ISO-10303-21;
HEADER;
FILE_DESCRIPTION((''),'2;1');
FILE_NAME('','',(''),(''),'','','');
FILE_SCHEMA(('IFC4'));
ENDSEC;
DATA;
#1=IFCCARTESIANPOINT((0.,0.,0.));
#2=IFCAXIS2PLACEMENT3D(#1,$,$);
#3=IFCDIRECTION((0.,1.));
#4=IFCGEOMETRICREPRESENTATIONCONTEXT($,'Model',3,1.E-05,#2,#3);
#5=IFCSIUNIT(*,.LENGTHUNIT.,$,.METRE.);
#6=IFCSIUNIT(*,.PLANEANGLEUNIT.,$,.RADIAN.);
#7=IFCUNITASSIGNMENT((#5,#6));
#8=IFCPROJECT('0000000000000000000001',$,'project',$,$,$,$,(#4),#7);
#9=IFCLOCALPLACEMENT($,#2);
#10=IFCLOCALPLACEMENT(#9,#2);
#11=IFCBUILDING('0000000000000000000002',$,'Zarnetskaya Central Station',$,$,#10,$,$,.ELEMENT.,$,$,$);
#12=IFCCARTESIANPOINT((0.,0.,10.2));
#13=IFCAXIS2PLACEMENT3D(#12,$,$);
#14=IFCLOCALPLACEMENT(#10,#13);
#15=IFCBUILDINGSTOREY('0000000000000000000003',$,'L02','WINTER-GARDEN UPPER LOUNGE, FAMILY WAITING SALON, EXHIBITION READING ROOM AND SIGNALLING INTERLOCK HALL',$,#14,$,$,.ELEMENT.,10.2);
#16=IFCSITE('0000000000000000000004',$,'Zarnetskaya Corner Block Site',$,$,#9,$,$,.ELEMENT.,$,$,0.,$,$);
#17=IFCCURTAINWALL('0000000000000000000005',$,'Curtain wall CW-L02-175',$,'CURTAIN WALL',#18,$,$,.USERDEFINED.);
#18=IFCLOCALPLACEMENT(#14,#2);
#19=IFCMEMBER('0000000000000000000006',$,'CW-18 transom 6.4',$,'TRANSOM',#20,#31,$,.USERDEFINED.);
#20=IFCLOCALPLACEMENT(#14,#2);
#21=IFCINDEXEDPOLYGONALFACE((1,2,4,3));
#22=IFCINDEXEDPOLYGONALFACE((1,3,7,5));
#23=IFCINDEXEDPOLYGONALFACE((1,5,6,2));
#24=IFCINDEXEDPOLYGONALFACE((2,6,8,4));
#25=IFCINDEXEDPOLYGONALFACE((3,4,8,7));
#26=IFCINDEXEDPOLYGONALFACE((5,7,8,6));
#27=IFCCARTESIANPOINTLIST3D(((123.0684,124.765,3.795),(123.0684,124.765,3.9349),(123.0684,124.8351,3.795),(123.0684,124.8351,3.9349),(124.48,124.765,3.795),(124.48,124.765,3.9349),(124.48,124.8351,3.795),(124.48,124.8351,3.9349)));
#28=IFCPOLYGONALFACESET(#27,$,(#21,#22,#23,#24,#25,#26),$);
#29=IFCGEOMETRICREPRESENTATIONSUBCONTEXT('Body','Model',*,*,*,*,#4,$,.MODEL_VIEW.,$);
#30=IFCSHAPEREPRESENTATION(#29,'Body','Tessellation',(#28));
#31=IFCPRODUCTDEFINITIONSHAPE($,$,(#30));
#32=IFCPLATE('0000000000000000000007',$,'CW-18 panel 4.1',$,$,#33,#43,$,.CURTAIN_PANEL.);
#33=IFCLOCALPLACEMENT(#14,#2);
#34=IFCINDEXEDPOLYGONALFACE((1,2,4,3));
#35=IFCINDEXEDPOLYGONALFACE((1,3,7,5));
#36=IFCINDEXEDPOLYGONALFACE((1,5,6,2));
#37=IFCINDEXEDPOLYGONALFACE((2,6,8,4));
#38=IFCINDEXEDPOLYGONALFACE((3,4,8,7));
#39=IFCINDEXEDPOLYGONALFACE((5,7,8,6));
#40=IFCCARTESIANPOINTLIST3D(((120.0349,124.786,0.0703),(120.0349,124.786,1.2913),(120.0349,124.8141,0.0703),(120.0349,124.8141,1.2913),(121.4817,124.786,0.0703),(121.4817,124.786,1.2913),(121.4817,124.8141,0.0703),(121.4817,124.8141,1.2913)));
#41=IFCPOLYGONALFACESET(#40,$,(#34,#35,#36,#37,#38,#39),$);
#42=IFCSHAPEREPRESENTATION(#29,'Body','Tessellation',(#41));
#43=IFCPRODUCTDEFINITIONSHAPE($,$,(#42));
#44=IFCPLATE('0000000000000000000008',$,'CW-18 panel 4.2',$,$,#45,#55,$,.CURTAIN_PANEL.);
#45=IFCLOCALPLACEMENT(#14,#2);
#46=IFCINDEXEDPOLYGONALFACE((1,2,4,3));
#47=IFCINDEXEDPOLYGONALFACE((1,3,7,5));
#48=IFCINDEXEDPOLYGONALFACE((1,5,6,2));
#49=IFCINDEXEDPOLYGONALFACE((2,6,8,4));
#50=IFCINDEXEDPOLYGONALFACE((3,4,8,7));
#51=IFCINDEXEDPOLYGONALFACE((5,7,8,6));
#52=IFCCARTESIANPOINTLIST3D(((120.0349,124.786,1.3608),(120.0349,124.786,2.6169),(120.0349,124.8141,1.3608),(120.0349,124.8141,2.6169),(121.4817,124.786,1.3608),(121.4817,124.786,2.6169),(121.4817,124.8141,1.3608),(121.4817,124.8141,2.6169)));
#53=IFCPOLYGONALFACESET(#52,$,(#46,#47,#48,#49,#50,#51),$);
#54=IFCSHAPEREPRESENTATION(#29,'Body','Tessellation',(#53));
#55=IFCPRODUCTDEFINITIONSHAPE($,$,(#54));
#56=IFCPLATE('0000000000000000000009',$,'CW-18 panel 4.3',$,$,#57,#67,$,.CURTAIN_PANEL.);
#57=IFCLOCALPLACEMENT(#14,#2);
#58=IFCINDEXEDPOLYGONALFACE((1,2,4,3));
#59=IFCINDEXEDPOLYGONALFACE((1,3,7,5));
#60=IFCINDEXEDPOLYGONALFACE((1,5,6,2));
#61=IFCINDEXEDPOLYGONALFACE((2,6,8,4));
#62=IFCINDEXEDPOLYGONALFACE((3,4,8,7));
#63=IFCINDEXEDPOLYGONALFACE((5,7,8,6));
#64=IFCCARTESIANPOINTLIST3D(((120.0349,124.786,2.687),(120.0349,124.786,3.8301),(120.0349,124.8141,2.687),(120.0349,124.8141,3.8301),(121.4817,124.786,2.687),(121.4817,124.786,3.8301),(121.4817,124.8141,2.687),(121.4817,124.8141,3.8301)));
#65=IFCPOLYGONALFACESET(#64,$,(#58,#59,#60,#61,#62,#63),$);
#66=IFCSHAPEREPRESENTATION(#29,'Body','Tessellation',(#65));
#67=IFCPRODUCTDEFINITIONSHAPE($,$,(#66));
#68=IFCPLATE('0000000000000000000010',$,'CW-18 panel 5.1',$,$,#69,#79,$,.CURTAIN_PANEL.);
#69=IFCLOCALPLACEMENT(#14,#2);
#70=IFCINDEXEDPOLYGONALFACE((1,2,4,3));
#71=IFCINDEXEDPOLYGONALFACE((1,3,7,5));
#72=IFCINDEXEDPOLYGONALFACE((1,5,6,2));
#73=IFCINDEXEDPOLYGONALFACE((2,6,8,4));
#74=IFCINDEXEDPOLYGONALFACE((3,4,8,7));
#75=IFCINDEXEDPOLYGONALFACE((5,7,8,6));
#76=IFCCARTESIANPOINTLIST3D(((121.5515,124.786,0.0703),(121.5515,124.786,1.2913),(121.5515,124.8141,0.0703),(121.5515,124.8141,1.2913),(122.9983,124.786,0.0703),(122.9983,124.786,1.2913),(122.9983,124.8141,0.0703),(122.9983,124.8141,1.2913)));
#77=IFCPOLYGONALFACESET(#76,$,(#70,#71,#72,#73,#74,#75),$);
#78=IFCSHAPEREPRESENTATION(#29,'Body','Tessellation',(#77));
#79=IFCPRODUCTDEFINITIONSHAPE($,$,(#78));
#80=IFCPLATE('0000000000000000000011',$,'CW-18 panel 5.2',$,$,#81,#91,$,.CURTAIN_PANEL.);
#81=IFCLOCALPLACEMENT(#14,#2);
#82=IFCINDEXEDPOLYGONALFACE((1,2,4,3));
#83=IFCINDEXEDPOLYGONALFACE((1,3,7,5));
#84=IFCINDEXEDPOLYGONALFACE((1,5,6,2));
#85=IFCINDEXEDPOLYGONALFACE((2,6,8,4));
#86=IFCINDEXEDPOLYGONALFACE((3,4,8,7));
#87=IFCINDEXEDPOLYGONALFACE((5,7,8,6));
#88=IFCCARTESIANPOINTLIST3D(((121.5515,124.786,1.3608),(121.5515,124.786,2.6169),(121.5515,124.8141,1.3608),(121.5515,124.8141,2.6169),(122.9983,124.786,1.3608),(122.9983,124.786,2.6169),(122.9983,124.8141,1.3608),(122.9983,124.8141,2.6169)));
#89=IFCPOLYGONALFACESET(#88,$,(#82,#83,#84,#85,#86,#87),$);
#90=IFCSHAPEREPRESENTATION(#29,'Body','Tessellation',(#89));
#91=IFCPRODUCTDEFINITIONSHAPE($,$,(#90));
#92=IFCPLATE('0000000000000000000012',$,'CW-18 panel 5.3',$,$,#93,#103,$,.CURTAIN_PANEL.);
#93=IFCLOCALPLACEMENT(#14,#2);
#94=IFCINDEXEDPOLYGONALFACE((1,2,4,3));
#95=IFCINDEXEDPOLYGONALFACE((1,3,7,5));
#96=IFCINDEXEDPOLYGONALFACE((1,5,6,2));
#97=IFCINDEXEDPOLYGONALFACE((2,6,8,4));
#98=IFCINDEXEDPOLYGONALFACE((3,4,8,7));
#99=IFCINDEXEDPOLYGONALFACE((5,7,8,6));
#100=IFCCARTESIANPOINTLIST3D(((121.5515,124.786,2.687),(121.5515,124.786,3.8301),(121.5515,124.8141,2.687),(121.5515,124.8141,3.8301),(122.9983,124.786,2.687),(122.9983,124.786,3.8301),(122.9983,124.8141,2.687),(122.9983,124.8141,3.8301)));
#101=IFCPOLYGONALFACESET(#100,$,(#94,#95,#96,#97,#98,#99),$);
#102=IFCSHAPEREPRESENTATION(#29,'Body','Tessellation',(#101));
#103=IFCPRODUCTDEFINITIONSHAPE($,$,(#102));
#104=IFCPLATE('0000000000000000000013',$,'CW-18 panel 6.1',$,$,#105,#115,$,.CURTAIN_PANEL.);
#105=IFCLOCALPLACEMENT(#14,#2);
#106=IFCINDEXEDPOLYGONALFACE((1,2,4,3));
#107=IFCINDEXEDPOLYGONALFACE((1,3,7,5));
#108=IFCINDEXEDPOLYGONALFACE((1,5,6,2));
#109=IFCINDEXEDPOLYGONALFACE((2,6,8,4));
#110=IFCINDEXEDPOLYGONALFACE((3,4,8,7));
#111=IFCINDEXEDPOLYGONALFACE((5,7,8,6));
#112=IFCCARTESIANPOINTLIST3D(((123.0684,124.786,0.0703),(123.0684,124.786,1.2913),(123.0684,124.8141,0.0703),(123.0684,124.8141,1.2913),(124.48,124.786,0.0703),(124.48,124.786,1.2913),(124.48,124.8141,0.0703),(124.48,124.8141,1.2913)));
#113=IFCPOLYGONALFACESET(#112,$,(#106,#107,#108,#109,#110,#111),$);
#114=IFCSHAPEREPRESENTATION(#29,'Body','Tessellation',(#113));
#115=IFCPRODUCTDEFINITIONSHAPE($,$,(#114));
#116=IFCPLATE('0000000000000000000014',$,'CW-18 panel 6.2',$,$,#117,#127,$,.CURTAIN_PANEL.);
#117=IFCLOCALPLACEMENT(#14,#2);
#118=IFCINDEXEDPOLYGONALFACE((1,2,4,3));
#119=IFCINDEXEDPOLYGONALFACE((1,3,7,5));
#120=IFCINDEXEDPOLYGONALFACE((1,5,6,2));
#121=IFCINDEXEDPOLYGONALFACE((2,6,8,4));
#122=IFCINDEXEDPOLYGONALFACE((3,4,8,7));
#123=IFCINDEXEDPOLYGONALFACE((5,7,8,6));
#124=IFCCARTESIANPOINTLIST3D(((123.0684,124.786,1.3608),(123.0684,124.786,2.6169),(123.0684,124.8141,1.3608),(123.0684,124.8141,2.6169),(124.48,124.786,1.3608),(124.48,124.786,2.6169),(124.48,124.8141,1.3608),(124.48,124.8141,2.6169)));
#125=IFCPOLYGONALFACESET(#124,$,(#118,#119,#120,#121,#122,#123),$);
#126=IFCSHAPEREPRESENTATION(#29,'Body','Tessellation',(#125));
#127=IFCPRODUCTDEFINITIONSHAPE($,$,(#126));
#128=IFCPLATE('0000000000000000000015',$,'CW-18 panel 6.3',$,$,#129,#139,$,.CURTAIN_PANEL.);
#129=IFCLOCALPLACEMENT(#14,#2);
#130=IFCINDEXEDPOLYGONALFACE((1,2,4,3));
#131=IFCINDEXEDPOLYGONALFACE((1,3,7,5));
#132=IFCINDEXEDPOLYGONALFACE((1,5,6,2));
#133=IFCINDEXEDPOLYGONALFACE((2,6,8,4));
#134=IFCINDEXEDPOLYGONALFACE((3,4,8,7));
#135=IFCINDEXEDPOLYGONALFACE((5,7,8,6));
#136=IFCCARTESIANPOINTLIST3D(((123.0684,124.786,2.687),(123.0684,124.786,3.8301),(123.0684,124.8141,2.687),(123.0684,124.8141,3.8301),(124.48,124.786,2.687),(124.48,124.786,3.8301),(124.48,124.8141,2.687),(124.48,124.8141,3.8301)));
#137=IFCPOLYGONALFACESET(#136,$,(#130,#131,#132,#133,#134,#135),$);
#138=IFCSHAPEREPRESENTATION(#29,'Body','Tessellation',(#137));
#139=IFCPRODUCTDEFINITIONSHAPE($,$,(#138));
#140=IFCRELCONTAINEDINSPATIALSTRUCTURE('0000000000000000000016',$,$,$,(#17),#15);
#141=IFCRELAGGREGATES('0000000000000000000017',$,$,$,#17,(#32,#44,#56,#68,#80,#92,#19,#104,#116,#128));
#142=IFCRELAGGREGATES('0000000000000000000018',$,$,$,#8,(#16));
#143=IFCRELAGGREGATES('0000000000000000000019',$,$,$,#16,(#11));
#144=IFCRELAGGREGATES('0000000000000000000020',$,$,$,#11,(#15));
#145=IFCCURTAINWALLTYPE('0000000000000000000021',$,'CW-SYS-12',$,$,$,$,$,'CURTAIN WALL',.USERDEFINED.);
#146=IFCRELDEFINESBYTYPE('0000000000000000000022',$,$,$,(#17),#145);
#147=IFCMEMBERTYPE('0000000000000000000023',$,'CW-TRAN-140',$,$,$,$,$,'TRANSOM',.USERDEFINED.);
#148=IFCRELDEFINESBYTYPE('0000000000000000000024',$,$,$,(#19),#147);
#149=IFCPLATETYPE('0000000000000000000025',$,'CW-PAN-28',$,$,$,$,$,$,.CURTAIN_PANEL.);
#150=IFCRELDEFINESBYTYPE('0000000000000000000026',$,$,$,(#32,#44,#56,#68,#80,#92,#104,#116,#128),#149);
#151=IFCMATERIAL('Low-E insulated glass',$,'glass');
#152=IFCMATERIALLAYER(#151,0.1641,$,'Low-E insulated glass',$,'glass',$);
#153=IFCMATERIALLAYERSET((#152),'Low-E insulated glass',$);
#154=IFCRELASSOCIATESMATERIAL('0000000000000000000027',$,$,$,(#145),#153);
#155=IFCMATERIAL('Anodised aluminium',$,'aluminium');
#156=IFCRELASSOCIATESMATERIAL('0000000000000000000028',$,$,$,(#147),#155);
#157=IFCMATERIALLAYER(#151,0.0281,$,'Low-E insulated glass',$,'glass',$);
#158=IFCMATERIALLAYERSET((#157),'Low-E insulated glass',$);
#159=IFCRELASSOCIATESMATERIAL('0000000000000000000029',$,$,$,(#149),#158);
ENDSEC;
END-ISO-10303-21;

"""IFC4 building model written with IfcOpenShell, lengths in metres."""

from ifc_helpers import new_model, si_unit, direction, frame, origin, origin_2d, place, context, subcontext, project, spatial, rectangle, extrude, material, layer, layer_set, material_profile, profile_set, type_object, element, aggregate, save


model = new_model("IFC4")

# Units and contexts
model_context = context("Model", 3, precision=1e-05, world=origin(), true_north=direction((0.0, 1.0)))
body_context = subcontext(model_context, "Body", "Model", "MODEL_VIEW")
ifc_project = project(units=[si_unit("LENGTHUNIT", "METRE"), si_unit("PLANEANGLEUNIT", "RADIAN")], contexts=[model_context])

# Site, building, storey
site_placement = place(None, origin())
site = spatial("IfcSite", under=ifc_project, at=site_placement, Name="Zarnetskaya Corner Block Site", CompositionType="ELEMENT", RefElevation=0.0)
building_placement = place(site_placement, origin())
building = spatial("IfcBuilding", under=site, at=building_placement, Name="Zarnetskaya Central Station", CompositionType="ELEMENT")
storey_placement = place(building_placement, frame((0.0, 0.0, 10.2)))
storey = spatial("IfcBuildingStorey", under=building, at=storey_placement, Name="L02", Description="WINTER-GARDEN UPPER LOUNGE, FAMILY WAITING SALON, EXHIBITION READING ROOM AND SIGNALLING INTERLOCK HALL", CompositionType="ELEMENT", Elevation=10.2)

# Curtain wall, member, plates
ifc_material_1 = material(Name="Low-E insulated glass", Category="glass")
ifc_layer_1 = layer(ifc_material_1, 0.1641, Name="Low-E insulated glass", Category="glass")
ifc_layer_set_1 = layer_set([ifc_layer_1], Name="Low-E insulated glass")
curtain_wall_type = type_object("IfcCurtainWallType", Name="CW-SYS-12", ElementType="CURTAIN WALL", PredefinedType="USERDEFINED", material=ifc_layer_set_1)
curtain_wall_placement = place(storey_placement, origin())
curtain_wall = element("IfcCurtainWall", 1, at=curtain_wall_placement, inside=storey, type_object=curtain_wall_type, Name="Curtain wall CW-L02-175", ObjectType="CURTAIN WALL", PredefinedType="USERDEFINED")
ifc_material_2 = material(Name="Anodised aluminium", Category="aluminium")
ifc_material_profile_1 = material_profile(ifc_material_2, rectangle(XDim=0.0701, YDim=0.1399, at=origin_2d()), Name="ALU TRAN 70x140")
ifc_profile_set_1 = profile_set([ifc_material_profile_1], Name="Anodised aluminium")
member_type_1 = type_object("IfcMemberType", Name="CW-TRAN-140", ElementType="TRANSOM", PredefinedType="USERDEFINED", material=ifc_profile_set_1)
member_1_placement = place(storey_placement, frame((123.0684, 124.8, 3.865), z_axis=(1.0, 0.0, 0.0), x_axis=(0.0, 1.0, 0.0)))
member_1 = element("IfcMember", 2, at=member_1_placement, type_object=member_type_1, Name="CW-18 transom 6.4", ObjectType="TRANSOM", PredefinedType="USERDEFINED", context=body_context, shape_type="SweptSolid", body=[
    extrude(rectangle(XDim=0.0701, YDim=0.1399, at=origin_2d()), origin(), (0.0, 0.0, 1.0), 1.4116),
])
ifc_layer_2 = layer(ifc_material_1, 0.0281, Name="Low-E insulated glass", Category="glass")
ifc_layer_set_2 = layer_set([ifc_layer_2], Name="Low-E insulated glass")
plate_type = type_object("IfcPlateType", Name="CW-PAN-28", PredefinedType="CURTAIN_PANEL", material=ifc_layer_set_2)
plate_1_placement = place(storey_placement, frame((120.7583, 124.8, 0.0703), z_axis=(0.0, 0.0, 1.0), x_axis=(1.0, 0.0, 0.0)))
plate_1 = element("IfcPlate", 3, at=plate_1_placement, type_object=plate_type, Name="CW-18 panel 4.1", PredefinedType="CURTAIN_PANEL", context=body_context, shape_type="SweptSolid", body=[
    extrude(rectangle(XDim=1.4468, YDim=0.0281, at=origin_2d()), origin(), (0.0, 0.0, 1.0), 1.2209),
])
plate_2_placement = place(storey_placement, frame((120.7583, 124.8, 1.3608), z_axis=(0.0, 0.0, 1.0), x_axis=(1.0, 0.0, 0.0)))
plate_2 = element("IfcPlate", 4, at=plate_2_placement, type_object=plate_type, Name="CW-18 panel 4.2", PredefinedType="CURTAIN_PANEL", context=body_context, shape_type="SweptSolid", body=[
    extrude(rectangle(XDim=1.4468, YDim=0.0281, at=origin_2d()), origin(), (0.0, 0.0, 1.0), 1.2561),
])
plate_3_placement = place(storey_placement, frame((120.7583, 124.8, 2.687), z_axis=(0.0, 0.0, 1.0), x_axis=(1.0, 0.0, 0.0)))
plate_3 = element("IfcPlate", 5, at=plate_3_placement, type_object=plate_type, Name="CW-18 panel 4.3", PredefinedType="CURTAIN_PANEL", context=body_context, shape_type="SweptSolid", body=[
    extrude(rectangle(XDim=1.4468, YDim=0.0281, at=origin_2d()), origin(), (0.0, 0.0, 1.0), 1.1431),
])
plate_4_placement = place(storey_placement, frame((122.2749, 124.8, 0.0703), z_axis=(0.0, 0.0, 1.0), x_axis=(1.0, 0.0, 0.0)))
plate_4 = element("IfcPlate", 6, at=plate_4_placement, type_object=plate_type, Name="CW-18 panel 5.1", PredefinedType="CURTAIN_PANEL", context=body_context, shape_type="SweptSolid", body=[
    extrude(rectangle(XDim=1.4468, YDim=0.0281, at=origin_2d()), origin(), (0.0, 0.0, 1.0), 1.2209),
])
plate_5_placement = place(storey_placement, frame((122.2749, 124.8, 1.3608), z_axis=(0.0, 0.0, 1.0), x_axis=(1.0, 0.0, 0.0)))
plate_5 = element("IfcPlate", 7, at=plate_5_placement, type_object=plate_type, Name="CW-18 panel 5.2", PredefinedType="CURTAIN_PANEL", context=body_context, shape_type="SweptSolid", body=[
    extrude(rectangle(XDim=1.4468, YDim=0.0281, at=origin_2d()), origin(), (0.0, 0.0, 1.0), 1.2561),
])
plate_6_placement = place(storey_placement, frame((122.2749, 124.8, 2.687), z_axis=(0.0, 0.0, 1.0), x_axis=(1.0, 0.0, 0.0)))
plate_6 = element("IfcPlate", 8, at=plate_6_placement, type_object=plate_type, Name="CW-18 panel 5.3", PredefinedType="CURTAIN_PANEL", context=body_context, shape_type="SweptSolid", body=[
    extrude(rectangle(XDim=1.4468, YDim=0.0281, at=origin_2d()), origin(), (0.0, 0.0, 1.0), 1.1431),
])
plate_7_placement = place(storey_placement, frame((123.7742, 124.8, 0.0703), z_axis=(0.0, 0.0, 1.0), x_axis=(1.0, 0.0, 0.0)))
plate_7 = element("IfcPlate", 9, at=plate_7_placement, type_object=plate_type, Name="CW-18 panel 6.1", PredefinedType="CURTAIN_PANEL", context=body_context, shape_type="SweptSolid", body=[
    extrude(rectangle(XDim=1.4116, YDim=0.0281, at=origin_2d()), origin(), (0.0, 0.0, 1.0), 1.2209),
])
plate_8_placement = place(storey_placement, frame((123.7742, 124.8, 1.3608), z_axis=(0.0, 0.0, 1.0), x_axis=(1.0, 0.0, 0.0)))
plate_8 = element("IfcPlate", 10, at=plate_8_placement, type_object=plate_type, Name="CW-18 panel 6.2", PredefinedType="CURTAIN_PANEL", context=body_context, shape_type="SweptSolid", body=[
    extrude(rectangle(XDim=1.4116, YDim=0.0281, at=origin_2d()), origin(), (0.0, 0.0, 1.0), 1.2561),
])
plate_9_placement = place(storey_placement, frame((123.7742, 124.8, 2.687), z_axis=(0.0, 0.0, 1.0), x_axis=(1.0, 0.0, 0.0)))
plate_9 = element("IfcPlate", 11, at=plate_9_placement, type_object=plate_type, Name="CW-18 panel 6.3", PredefinedType="CURTAIN_PANEL", context=body_context, shape_type="SweptSolid", body=[
    extrude(rectangle(XDim=1.4116, YDim=0.0281, at=origin_2d()), origin(), (0.0, 0.0, 1.0), 1.1431),
])
aggregate(curtain_wall, [plate_1, plate_2, plate_3, plate_4, plate_5, plate_6, member_1, plate_7, plate_8, plate_9])

save(model, "model.ifc")
